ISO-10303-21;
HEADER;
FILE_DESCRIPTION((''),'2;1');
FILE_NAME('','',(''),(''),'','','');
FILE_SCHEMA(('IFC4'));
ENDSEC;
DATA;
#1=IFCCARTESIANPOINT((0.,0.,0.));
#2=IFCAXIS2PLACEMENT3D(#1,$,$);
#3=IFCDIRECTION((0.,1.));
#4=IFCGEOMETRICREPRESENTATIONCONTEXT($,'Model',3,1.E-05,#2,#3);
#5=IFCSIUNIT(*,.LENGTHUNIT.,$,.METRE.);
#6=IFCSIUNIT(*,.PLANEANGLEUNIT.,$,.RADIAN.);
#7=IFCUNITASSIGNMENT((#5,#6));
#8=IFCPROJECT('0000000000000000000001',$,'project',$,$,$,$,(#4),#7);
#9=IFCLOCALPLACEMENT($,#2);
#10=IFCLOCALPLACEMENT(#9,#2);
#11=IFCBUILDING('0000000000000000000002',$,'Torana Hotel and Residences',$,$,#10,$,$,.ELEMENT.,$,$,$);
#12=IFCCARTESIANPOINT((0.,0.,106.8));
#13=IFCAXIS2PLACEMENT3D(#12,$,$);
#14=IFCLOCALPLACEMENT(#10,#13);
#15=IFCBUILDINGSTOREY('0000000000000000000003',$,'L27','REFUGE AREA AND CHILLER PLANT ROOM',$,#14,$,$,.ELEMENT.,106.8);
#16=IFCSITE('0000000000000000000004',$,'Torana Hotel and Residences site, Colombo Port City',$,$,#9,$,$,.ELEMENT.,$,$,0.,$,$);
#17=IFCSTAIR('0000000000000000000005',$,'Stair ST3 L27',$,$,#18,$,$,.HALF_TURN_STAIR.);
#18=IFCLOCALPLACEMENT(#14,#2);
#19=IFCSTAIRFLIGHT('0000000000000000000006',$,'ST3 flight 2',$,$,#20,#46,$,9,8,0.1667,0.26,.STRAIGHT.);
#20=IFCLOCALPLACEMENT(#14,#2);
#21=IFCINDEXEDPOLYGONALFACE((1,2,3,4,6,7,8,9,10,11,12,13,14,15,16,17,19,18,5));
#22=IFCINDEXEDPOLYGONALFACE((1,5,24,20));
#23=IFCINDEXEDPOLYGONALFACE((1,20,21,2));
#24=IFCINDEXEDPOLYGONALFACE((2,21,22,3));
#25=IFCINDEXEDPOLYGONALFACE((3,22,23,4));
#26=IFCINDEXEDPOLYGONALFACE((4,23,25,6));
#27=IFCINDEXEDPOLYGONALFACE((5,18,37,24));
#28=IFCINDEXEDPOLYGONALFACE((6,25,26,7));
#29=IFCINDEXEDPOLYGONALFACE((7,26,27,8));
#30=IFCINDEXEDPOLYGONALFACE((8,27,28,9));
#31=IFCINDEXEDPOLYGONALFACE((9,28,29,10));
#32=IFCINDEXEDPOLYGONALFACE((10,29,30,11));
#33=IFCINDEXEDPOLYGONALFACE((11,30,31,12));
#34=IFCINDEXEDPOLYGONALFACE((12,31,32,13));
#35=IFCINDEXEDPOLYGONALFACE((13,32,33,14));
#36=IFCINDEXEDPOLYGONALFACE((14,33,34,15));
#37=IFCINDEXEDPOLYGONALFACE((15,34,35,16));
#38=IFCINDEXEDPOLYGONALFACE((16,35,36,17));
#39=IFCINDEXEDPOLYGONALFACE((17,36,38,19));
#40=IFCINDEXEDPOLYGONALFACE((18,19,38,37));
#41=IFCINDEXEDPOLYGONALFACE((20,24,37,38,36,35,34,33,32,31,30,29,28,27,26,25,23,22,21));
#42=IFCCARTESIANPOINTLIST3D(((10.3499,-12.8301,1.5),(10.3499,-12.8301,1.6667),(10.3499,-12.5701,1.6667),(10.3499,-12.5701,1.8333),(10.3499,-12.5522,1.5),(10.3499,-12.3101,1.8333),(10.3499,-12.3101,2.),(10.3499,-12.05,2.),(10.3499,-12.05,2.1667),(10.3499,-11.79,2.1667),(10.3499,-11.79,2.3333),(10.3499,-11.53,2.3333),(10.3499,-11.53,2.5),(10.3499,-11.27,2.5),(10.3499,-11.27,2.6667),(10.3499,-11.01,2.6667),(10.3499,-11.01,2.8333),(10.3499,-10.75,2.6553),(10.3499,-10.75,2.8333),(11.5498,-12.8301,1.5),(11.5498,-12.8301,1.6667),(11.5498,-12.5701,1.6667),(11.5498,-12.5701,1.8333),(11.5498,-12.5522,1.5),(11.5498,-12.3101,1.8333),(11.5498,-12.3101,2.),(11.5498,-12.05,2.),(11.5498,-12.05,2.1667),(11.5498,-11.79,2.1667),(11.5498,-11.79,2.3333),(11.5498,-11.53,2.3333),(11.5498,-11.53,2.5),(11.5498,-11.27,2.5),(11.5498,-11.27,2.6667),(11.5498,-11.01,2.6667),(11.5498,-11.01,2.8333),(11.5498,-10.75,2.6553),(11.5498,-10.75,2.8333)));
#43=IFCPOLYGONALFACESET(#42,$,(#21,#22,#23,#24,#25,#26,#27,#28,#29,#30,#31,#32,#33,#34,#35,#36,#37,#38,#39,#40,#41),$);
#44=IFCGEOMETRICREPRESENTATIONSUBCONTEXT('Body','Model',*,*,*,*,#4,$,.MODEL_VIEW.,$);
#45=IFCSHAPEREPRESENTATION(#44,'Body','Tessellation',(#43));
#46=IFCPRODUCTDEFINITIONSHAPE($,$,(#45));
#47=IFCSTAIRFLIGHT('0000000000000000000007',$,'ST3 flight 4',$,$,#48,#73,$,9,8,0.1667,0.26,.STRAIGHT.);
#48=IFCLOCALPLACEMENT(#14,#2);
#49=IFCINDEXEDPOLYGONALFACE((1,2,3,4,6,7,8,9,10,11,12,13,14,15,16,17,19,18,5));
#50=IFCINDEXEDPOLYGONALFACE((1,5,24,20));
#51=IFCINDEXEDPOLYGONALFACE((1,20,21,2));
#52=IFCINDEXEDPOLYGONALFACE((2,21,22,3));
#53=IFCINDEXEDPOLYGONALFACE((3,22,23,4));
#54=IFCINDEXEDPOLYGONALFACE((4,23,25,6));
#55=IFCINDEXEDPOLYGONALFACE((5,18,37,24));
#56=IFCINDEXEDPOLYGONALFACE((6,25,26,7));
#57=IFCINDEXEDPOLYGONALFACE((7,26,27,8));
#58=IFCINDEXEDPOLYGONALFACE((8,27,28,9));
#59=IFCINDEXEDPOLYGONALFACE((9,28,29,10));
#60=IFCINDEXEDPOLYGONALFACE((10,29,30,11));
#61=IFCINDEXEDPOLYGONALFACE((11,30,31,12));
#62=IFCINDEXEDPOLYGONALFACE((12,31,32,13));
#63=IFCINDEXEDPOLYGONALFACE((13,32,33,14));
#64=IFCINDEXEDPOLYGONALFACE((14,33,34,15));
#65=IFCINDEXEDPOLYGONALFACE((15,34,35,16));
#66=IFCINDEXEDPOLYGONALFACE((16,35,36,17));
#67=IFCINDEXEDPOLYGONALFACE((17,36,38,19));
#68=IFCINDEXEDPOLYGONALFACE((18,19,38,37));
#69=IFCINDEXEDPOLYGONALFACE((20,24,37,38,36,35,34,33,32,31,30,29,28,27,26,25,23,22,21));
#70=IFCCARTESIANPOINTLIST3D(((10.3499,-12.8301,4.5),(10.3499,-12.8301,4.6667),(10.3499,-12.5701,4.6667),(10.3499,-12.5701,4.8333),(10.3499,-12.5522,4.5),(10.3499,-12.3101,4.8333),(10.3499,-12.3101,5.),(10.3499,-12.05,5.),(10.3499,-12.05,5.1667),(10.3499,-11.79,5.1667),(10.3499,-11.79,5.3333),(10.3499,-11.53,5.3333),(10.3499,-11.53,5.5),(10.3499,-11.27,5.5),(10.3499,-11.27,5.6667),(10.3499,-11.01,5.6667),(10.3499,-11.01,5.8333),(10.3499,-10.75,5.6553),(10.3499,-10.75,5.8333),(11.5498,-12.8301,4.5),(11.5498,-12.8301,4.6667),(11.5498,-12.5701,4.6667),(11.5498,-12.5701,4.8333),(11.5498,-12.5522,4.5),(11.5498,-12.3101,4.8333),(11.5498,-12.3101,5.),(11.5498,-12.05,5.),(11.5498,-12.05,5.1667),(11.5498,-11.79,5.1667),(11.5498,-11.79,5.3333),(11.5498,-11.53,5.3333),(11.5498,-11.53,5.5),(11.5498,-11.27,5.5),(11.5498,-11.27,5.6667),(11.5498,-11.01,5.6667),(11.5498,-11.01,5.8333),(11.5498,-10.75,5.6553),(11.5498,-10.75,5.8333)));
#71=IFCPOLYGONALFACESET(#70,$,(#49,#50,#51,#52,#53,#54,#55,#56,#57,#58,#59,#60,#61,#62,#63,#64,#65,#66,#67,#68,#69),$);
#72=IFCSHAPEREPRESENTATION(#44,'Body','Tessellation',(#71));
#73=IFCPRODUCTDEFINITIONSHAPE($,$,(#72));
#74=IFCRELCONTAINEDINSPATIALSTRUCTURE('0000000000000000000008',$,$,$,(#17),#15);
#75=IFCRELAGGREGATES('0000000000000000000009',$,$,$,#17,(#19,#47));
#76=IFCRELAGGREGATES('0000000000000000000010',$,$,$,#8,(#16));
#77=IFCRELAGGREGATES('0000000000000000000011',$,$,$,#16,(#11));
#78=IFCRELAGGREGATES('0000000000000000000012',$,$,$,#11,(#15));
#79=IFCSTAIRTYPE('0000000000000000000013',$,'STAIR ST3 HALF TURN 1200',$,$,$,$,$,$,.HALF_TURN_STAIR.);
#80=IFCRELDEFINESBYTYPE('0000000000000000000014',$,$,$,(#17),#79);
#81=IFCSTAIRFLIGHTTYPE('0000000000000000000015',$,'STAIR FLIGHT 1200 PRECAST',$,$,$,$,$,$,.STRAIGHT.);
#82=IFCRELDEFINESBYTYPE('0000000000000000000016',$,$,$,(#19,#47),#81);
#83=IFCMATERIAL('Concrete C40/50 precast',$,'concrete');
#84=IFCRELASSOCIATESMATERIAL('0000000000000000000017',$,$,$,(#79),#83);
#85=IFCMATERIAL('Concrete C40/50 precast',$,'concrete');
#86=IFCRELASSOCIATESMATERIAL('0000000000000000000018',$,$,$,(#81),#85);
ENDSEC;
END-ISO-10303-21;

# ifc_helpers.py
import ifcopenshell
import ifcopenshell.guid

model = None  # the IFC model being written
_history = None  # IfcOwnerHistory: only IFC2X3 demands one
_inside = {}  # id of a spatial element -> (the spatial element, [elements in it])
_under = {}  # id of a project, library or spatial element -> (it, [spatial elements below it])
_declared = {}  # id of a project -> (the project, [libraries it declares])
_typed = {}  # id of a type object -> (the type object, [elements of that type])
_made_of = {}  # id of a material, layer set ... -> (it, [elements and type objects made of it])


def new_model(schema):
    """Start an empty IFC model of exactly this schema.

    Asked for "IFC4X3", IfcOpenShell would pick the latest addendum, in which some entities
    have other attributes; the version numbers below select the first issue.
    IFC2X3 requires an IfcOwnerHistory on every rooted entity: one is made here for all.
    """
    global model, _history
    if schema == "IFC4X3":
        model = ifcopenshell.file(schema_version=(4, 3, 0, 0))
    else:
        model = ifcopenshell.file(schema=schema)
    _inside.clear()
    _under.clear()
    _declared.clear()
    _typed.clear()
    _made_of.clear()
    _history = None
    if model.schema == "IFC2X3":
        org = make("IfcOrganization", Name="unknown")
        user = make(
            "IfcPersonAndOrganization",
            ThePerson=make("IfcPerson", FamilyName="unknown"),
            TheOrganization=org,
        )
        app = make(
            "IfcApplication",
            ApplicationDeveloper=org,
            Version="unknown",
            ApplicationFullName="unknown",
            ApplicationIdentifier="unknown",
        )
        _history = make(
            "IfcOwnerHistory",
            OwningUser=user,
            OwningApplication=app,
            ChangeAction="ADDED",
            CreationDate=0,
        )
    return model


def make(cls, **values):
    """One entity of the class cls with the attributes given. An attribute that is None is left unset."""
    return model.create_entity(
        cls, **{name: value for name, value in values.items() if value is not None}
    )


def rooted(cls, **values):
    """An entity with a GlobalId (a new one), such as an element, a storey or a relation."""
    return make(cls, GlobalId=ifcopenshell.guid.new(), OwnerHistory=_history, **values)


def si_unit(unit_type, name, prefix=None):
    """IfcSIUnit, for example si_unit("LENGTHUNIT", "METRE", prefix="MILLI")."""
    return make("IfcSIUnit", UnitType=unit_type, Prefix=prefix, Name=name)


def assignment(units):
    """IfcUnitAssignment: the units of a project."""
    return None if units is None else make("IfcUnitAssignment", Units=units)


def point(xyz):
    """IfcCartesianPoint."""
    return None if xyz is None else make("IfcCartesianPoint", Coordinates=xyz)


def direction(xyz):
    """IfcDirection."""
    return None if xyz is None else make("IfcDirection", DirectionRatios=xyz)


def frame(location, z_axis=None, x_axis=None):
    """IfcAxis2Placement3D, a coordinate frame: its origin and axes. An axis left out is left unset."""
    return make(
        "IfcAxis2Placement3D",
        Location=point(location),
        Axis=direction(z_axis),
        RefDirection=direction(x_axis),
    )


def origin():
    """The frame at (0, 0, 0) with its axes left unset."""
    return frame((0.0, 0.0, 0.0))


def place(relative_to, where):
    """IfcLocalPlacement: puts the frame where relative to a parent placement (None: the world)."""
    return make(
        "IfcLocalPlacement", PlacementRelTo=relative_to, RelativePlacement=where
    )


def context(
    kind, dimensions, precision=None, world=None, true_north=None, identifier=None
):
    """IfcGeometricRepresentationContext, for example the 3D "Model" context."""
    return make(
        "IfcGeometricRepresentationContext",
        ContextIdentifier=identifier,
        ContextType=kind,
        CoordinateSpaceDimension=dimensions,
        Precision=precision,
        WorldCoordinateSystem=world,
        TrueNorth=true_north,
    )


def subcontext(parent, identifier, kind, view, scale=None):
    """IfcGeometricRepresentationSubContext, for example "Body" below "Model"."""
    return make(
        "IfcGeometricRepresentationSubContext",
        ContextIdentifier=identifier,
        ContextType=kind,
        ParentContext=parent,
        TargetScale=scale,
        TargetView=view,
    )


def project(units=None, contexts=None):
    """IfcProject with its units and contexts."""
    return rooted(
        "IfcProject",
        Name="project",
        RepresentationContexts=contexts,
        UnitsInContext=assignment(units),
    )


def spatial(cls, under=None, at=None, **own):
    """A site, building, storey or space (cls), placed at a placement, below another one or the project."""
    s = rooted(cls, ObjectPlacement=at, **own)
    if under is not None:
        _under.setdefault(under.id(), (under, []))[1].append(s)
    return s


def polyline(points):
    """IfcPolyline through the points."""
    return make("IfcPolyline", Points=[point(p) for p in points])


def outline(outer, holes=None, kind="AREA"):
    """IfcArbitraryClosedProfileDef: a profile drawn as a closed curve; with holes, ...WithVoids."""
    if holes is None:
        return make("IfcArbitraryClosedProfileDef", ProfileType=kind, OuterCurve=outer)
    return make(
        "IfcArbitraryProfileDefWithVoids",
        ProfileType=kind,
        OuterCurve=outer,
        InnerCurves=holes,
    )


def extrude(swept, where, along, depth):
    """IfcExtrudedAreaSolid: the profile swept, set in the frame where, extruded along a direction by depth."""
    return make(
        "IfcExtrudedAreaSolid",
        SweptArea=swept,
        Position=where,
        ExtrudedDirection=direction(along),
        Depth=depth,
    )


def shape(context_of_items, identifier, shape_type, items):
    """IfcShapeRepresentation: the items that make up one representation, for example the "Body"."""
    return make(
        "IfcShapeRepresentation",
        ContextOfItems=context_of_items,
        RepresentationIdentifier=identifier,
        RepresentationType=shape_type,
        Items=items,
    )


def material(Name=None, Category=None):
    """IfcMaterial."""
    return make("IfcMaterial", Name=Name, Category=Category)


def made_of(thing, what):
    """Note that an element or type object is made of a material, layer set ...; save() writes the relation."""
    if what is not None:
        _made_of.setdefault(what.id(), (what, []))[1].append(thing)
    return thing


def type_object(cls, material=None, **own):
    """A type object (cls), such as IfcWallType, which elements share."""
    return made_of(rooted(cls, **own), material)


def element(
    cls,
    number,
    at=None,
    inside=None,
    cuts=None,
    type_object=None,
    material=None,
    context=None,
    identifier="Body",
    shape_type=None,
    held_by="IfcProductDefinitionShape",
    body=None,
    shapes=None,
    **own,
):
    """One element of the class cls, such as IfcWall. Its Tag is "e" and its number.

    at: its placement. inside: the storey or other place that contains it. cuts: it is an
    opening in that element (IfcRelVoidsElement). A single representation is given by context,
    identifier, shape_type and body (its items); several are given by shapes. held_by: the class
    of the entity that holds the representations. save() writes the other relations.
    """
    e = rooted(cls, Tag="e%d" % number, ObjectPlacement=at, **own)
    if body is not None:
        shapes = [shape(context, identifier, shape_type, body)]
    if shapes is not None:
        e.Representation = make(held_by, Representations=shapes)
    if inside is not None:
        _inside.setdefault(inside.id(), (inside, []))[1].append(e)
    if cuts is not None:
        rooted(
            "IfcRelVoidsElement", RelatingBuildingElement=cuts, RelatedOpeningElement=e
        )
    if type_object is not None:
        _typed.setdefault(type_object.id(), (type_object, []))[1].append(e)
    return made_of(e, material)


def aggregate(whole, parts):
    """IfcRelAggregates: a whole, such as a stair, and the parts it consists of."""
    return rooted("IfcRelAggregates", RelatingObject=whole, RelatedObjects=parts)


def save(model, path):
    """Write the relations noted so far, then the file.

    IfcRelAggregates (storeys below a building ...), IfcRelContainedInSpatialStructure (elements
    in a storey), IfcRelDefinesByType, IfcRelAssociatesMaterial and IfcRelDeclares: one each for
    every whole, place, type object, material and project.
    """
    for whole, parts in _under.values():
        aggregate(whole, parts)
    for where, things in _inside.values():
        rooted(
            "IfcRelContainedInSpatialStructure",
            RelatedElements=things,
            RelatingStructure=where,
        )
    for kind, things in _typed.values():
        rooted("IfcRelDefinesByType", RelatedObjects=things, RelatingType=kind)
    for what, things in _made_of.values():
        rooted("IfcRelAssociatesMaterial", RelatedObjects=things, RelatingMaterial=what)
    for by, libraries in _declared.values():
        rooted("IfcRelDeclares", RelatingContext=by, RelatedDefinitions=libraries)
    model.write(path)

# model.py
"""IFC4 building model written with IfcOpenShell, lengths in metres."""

from ifc_helpers import new_model, si_unit, direction, frame, origin, place, context, subcontext, project, spatial, polyline, outline, extrude, material, type_object, element, aggregate, save


model = new_model("IFC4")

# Units and contexts
model_context = context("Model", 3, precision=1e-05, world=origin(), true_north=direction((0.0, 1.0)))
body_context = subcontext(model_context, "Body", "Model", "MODEL_VIEW")
ifc_project = project(units=[si_unit("LENGTHUNIT", "METRE"), si_unit("PLANEANGLEUNIT", "RADIAN")], contexts=[model_context])

# Site, building, storey
site_placement = place(None, origin())
site = spatial("IfcSite", under=ifc_project, at=site_placement, Name="Torana Hotel and Residences site, Colombo Port City", CompositionType="ELEMENT", RefElevation=0.0)
building_placement = place(site_placement, origin())
building = spatial("IfcBuilding", under=site, at=building_placement, Name="Torana Hotel and Residences", CompositionType="ELEMENT")
storey_placement = place(building_placement, frame((0.0, 0.0, 106.8)))
storey = spatial("IfcBuildingStorey", under=building, at=storey_placement, Name="L27", Description="REFUGE AREA AND CHILLER PLANT ROOM", CompositionType="ELEMENT", Elevation=106.8)

# Stair, stair flights
ifc_material_1 = material(Name="Concrete C40/50 precast", Category="concrete")
stair_type = type_object("IfcStairType", Name="STAIR ST3 HALF TURN 1200", PredefinedType="HALF_TURN_STAIR", material=ifc_material_1)
stair_placement = place(storey_placement, origin())
stair = element("IfcStair", 1, at=stair_placement, inside=storey, type_object=stair_type, Name="Stair ST3 L27", PredefinedType="HALF_TURN_STAIR")
ifc_material_2 = material(Name="Concrete C40/50 precast", Category="concrete")
stair_flight_type = type_object("IfcStairFlightType", Name="STAIR FLIGHT 1200 PRECAST", PredefinedType="STRAIGHT", material=ifc_material_2)
stair_flight_1_placement = place(storey_placement, frame((10.95, -12.8301, 1.5), z_axis=(0.0, 0.0, 1.0), x_axis=(0.0, 1.0, 0.0)))
stair_flight_1 = element("IfcStairFlight", 2, at=stair_flight_1_placement, type_object=stair_flight_type, Name="ST3 flight 2", NumberOfRisers=9, NumberOfTreads=8, PredefinedType="STRAIGHT", RiserHeight=0.1667, TreadLength=0.26, context=body_context, shape_type="SweptSolid", body=[
    extrude(outline(polyline([(0.0, 0.0), (0.0, 0.1667), (0.26, 0.1667), (0.26, 0.3333), (0.52, 0.3333), (0.52, 0.5), (0.78, 0.5), (0.78, 0.6667), (1.04, 0.6667), (1.04, 0.8333), (1.3, 0.8333), (1.3, 1.0), (1.5601, 1.0), (1.5601, 1.1667), (1.8201, 1.1667), (1.8201, 1.3333), (2.0801, 1.3333), (2.0801, 1.5), (2.0801, 1.1553), (0.2778, 0.0), (0.0, 0.0)])), frame((0.0, 0.6001, 0.0), z_axis=(0.0, -1.0, 0.0), x_axis=(1.0, 0.0, 0.0)), (0.0, 0.0, 1.0), 1.2),
])
stair_flight_2_placement = place(storey_placement, frame((10.95, -12.8301, 4.5), z_axis=(0.0, 0.0, 1.0), x_axis=(0.0, 1.0, 0.0)))
stair_flight_2 = element("IfcStairFlight", 3, at=stair_flight_2_placement, type_object=stair_flight_type, Name="ST3 flight 4", NumberOfRisers=9, NumberOfTreads=8, PredefinedType="STRAIGHT", RiserHeight=0.1667, TreadLength=0.26, context=body_context, shape_type="SweptSolid", body=[
    extrude(outline(polyline([(0.0, 0.0), (0.0, 0.1667), (0.26, 0.1667), (0.26, 0.3333), (0.52, 0.3333), (0.52, 0.5), (0.78, 0.5), (0.78, 0.6667), (1.04, 0.6667), (1.04, 0.8333), (1.3, 0.8333), (1.3, 1.0), (1.5601, 1.0), (1.5601, 1.1667), (1.8201, 1.1667), (1.8201, 1.3333), (2.0801, 1.3333), (2.0801, 1.5), (2.0801, 1.1553), (0.2778, 0.0), (0.0, 0.0)])), frame((0.0, 0.6001, 0.0), z_axis=(0.0, -1.0, 0.0), x_axis=(1.0, 0.0, 0.0)), (0.0, 0.0, 1.0), 1.2),
])
aggregate(stair, [stair_flight_1, stair_flight_2])

save(model, "model.ifc")
